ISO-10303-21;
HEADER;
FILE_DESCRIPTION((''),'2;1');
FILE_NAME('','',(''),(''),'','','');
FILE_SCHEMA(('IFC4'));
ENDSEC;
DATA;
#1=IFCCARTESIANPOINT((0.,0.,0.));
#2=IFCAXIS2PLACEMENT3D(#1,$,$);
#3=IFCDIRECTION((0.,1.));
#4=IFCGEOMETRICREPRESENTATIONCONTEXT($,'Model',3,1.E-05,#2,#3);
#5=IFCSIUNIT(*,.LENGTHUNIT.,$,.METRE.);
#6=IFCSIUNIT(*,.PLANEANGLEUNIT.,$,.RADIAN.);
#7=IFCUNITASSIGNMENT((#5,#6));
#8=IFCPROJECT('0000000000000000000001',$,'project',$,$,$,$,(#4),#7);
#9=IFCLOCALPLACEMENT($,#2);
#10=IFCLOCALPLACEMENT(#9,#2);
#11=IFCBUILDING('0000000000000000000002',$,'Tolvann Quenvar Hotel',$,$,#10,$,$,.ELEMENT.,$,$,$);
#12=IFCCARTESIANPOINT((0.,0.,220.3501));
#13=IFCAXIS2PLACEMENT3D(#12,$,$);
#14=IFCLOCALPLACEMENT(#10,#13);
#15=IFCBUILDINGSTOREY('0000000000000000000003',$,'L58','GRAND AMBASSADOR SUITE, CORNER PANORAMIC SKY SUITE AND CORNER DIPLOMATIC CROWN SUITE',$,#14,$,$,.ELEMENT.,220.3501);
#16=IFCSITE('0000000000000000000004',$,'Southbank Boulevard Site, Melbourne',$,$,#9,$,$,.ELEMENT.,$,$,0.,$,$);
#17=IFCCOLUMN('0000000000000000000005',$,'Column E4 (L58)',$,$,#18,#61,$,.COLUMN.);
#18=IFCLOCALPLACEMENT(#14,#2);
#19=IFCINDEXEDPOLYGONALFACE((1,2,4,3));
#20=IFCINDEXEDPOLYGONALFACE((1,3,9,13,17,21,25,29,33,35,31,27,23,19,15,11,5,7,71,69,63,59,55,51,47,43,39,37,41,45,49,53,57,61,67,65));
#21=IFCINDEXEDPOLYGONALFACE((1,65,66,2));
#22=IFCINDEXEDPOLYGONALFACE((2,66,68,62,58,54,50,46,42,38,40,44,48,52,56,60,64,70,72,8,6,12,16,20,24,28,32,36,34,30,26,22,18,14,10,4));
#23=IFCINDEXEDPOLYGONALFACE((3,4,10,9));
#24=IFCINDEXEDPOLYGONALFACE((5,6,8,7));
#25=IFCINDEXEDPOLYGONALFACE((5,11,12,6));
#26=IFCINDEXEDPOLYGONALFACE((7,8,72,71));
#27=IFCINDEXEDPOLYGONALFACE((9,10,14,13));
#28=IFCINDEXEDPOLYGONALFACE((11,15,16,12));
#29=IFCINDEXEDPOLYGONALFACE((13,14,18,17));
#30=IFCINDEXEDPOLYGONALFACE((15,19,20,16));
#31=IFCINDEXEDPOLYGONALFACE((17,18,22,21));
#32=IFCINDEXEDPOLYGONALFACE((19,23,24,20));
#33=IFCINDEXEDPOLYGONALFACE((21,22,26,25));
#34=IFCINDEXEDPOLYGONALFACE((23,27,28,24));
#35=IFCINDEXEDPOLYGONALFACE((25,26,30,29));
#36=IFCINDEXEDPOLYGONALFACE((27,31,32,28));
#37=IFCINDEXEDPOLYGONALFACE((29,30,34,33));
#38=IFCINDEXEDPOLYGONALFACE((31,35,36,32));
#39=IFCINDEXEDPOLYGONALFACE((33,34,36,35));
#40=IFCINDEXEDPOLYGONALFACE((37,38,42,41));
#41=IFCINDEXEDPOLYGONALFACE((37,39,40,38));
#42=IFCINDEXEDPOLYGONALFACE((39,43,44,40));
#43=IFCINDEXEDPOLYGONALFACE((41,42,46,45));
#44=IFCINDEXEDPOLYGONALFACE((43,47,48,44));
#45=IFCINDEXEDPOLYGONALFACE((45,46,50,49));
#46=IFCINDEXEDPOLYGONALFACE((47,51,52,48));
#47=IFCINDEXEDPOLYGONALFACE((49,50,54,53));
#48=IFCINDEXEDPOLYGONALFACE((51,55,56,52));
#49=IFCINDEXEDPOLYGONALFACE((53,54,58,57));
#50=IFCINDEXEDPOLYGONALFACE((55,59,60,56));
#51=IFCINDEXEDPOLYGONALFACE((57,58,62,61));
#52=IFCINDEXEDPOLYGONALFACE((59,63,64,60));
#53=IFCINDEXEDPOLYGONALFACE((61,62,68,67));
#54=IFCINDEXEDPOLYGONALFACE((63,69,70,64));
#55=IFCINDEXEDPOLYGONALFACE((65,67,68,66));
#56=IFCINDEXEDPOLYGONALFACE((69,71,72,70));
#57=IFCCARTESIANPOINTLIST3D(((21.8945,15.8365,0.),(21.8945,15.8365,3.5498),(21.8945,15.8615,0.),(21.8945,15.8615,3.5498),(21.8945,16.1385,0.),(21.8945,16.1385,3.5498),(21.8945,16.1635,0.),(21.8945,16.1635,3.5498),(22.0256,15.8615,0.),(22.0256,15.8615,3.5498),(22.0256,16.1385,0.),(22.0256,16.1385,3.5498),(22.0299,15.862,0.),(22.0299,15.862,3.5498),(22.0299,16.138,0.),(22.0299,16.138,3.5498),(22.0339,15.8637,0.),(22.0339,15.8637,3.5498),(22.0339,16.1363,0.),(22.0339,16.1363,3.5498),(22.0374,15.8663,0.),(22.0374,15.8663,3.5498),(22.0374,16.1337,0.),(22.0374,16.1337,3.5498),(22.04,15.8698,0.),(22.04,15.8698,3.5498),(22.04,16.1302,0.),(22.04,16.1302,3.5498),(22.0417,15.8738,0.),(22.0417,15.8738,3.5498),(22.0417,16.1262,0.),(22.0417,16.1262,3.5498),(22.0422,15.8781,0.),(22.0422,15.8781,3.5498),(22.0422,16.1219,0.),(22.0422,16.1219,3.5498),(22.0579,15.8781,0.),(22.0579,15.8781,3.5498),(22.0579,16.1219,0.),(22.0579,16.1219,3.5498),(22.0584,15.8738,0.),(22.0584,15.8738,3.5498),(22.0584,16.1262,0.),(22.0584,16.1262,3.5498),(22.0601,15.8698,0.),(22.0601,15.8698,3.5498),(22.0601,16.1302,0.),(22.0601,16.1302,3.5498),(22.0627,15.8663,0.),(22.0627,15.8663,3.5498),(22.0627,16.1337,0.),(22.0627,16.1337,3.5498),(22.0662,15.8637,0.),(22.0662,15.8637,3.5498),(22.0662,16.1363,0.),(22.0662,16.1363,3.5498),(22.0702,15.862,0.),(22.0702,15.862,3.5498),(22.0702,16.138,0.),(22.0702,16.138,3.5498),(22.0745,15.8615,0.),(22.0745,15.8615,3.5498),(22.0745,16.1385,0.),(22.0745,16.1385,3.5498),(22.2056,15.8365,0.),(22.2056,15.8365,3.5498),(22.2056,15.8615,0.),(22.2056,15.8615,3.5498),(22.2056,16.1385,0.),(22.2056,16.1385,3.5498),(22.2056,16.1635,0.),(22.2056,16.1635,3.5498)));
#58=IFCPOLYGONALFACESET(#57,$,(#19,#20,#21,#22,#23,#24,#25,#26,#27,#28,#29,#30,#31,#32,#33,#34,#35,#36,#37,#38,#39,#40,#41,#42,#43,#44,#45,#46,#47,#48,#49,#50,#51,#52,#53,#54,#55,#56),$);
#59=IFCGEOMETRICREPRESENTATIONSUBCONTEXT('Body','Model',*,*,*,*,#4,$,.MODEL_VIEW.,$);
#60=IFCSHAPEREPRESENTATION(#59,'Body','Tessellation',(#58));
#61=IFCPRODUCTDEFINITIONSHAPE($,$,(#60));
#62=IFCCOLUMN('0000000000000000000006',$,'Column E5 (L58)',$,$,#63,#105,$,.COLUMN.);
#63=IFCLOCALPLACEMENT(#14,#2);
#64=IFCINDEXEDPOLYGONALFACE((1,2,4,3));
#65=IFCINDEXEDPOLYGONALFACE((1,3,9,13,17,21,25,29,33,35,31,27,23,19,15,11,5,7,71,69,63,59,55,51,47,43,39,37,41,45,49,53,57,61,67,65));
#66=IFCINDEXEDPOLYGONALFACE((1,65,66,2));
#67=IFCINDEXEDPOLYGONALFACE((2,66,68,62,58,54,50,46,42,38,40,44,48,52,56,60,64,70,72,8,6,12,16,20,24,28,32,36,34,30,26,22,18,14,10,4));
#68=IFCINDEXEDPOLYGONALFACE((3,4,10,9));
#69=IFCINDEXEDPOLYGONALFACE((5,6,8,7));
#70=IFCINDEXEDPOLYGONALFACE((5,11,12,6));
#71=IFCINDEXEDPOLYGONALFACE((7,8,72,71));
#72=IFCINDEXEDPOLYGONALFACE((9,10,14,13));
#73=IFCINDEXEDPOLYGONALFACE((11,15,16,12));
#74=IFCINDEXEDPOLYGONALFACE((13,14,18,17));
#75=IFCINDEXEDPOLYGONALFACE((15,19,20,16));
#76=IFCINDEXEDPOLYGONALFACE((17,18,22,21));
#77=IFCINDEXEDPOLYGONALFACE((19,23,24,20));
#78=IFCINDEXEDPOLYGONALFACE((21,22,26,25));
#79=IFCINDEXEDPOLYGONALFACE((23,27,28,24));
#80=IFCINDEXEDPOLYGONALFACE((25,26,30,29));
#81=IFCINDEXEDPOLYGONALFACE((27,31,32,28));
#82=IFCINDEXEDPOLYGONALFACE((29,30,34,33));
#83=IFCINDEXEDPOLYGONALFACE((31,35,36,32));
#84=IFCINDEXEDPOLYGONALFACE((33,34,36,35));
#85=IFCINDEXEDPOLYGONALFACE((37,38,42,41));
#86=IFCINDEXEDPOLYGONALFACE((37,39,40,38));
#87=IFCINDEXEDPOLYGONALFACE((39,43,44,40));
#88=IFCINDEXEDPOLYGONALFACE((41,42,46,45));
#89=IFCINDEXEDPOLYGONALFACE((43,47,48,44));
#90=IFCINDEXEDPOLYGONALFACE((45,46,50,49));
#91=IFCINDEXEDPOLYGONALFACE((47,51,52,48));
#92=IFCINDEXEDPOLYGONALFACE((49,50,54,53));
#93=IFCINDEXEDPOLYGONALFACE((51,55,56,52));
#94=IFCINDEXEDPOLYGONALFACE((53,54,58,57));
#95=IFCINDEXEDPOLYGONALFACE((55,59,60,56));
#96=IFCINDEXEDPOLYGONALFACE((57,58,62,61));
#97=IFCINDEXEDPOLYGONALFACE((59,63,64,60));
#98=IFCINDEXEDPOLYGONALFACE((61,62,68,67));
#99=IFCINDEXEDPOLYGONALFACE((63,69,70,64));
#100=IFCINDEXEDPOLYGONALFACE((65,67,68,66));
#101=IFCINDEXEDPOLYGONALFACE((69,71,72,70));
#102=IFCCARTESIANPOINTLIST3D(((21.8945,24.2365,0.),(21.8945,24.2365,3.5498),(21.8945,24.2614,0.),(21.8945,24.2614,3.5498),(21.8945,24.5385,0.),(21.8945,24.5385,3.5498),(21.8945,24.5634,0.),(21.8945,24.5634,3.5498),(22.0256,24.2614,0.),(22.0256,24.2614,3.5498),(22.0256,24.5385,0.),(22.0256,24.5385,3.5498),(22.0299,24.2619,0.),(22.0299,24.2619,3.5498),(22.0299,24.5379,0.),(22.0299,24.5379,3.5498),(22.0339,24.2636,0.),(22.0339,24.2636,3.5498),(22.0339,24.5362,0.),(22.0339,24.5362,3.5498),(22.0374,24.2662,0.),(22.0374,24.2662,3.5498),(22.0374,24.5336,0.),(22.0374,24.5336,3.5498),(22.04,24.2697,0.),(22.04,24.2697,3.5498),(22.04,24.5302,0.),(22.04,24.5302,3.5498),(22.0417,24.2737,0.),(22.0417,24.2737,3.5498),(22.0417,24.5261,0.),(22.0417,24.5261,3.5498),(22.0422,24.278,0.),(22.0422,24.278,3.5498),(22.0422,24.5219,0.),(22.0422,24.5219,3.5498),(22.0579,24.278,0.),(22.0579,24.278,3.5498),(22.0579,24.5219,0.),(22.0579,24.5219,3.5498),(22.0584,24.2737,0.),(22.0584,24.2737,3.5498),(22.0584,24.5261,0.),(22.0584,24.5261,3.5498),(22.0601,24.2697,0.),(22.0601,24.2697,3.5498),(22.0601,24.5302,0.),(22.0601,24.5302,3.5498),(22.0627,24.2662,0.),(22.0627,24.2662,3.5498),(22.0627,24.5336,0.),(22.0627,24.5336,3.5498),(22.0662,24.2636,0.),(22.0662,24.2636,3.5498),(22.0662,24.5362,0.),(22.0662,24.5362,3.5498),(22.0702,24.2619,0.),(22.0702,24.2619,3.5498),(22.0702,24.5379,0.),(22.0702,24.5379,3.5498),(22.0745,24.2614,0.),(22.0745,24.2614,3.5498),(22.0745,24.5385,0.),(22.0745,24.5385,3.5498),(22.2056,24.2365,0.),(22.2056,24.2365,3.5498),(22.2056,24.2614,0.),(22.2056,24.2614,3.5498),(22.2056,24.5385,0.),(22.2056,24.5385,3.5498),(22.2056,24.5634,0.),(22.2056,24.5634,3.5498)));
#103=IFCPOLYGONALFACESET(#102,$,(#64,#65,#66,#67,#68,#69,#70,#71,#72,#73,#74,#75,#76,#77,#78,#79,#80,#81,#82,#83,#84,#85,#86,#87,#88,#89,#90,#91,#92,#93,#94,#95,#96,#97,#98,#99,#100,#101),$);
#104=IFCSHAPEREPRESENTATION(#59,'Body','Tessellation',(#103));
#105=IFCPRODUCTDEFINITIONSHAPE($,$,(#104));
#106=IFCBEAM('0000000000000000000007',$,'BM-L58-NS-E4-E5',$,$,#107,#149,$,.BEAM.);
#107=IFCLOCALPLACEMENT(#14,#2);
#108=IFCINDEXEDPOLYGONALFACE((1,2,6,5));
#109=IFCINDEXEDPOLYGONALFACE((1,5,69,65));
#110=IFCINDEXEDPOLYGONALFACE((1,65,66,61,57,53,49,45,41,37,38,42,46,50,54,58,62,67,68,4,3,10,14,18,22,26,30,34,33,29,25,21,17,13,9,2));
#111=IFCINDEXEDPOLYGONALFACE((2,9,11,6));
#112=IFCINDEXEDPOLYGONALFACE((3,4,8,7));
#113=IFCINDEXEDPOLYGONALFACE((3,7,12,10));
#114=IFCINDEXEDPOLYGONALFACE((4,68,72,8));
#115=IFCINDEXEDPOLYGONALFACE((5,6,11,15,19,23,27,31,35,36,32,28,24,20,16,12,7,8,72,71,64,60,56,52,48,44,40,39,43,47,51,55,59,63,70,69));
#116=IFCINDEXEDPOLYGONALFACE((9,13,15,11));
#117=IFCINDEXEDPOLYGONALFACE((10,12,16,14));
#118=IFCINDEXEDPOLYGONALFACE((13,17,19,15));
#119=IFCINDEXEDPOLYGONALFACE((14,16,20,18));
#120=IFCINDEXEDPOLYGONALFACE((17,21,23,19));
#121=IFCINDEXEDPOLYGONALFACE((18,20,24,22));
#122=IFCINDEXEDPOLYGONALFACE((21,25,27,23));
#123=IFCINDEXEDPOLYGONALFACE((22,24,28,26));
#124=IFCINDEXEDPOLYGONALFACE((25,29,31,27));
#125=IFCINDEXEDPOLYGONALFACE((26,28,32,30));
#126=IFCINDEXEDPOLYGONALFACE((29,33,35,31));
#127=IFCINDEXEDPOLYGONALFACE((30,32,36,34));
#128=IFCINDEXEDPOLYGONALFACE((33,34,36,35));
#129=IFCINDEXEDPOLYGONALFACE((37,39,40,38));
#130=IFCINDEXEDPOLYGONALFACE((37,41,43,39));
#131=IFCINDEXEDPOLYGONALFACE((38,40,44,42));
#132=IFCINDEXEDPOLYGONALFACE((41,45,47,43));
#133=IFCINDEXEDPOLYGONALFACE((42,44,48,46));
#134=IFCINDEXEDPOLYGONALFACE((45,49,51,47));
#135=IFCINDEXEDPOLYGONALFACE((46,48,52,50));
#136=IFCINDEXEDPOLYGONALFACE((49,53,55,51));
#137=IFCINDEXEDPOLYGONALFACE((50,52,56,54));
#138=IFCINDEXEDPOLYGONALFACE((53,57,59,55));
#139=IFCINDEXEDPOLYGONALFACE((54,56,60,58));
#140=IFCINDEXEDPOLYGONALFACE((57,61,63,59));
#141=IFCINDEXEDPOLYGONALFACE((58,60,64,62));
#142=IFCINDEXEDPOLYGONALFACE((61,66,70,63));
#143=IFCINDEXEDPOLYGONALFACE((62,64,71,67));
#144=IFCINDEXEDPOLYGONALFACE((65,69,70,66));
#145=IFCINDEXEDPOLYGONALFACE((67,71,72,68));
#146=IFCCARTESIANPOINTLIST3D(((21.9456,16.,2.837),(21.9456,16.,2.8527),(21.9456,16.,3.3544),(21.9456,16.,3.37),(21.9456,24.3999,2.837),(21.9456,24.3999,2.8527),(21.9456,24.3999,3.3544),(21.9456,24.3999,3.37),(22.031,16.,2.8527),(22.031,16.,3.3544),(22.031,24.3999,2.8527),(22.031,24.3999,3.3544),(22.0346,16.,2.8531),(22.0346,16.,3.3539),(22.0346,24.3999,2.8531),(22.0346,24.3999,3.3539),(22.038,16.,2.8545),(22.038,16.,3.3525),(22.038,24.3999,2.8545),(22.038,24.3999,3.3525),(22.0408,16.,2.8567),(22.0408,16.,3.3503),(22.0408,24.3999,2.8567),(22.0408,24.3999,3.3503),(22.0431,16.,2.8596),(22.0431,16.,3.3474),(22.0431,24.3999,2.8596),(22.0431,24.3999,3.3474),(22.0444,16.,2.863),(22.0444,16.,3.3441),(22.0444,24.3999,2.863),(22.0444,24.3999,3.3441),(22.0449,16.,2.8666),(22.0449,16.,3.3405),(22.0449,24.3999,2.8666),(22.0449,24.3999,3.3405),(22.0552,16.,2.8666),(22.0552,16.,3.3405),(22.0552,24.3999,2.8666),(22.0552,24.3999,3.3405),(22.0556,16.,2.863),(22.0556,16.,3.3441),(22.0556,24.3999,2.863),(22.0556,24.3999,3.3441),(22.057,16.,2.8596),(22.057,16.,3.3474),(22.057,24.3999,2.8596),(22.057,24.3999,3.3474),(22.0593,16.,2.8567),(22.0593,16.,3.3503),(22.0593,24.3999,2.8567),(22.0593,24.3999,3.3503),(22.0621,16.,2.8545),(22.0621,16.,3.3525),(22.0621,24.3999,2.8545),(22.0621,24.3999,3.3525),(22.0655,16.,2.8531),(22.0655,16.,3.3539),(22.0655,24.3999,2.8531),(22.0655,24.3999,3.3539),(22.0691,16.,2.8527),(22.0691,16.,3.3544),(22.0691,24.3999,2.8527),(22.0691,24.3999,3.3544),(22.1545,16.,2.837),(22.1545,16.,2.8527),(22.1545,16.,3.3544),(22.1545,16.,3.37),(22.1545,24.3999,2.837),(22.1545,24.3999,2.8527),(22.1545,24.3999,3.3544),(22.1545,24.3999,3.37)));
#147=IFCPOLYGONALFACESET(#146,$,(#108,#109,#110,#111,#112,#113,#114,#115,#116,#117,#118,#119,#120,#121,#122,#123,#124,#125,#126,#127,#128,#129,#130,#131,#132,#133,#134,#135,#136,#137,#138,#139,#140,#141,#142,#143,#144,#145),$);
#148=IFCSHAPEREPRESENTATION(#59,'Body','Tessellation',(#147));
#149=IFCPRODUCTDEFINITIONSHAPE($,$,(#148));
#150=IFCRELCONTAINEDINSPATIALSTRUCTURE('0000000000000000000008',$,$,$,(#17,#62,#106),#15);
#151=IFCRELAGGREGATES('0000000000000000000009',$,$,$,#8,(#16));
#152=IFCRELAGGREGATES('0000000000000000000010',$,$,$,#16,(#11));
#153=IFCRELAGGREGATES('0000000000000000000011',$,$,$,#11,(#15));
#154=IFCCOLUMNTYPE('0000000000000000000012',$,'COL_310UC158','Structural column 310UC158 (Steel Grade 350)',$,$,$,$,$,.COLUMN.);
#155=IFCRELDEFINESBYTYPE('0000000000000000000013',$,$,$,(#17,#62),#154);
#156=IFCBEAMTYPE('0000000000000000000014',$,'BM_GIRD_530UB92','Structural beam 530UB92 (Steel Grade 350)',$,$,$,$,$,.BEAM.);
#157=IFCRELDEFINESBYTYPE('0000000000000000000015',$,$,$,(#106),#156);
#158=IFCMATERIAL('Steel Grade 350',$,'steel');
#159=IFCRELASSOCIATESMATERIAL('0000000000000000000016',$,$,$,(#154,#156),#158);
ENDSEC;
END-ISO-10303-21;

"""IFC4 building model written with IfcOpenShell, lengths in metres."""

from ifc_helpers import new_model, si_unit, direction, frame, origin, origin_2d, place, context, subcontext, project, spatial, i_section, extrude, source, transform, mapped, material, material_profile, profile_set, type_object, type_shapes, element, save


model = new_model("IFC4")

# Units and contexts
model_context = context("Model", 3, precision=1e-05, world=origin(), true_north=direction((0.0, 1.0)))
body_context = subcontext(model_context, "Body", "Model", "MODEL_VIEW")
ifc_project = project(units=[si_unit("LENGTHUNIT", "METRE"), si_unit("PLANEANGLEUNIT", "RADIAN")], contexts=[model_context])

# Site, building, storey
site_placement = place(None, origin())
site = spatial("IfcSite", under=ifc_project, at=site_placement, Name="Southbank Boulevard Site, Melbourne", CompositionType="ELEMENT", RefElevation=0.0)
building_placement = place(site_placement, origin())
building = spatial("IfcBuilding", under=site, at=building_placement, Name="Tolvann Quenvar Hotel", CompositionType="ELEMENT")
storey_placement = place(building_placement, frame((0.0, 0.0, 220.3501)))
storey = spatial("IfcBuildingStorey", under=building, at=storey_placement, Name="L58", Description="GRAND AMBASSADOR SUITE, CORNER PANORAMIC SKY SUITE AND CORNER DIPLOMATIC CROWN SUITE", CompositionType="ELEMENT", Elevation=220.3501)

# Columns
ifc_material_1 = material(Name="Steel Grade 350", Category="steel")
ifc_material_profile_1 = material_profile(ifc_material_1, i_section(OverallWidth=0.311, OverallDepth=0.3269, WebThickness=0.0156, FlangeThickness=0.0249, FilletRadius=0.0166, at=origin_2d()), Name="310UC158")
ifc_profile_set_1 = profile_set([ifc_material_profile_1], Name="Steel Grade 350")
column_type = type_object("IfcColumnType", Name="COL_310UC158", Description="Structural column 310UC158 (Steel Grade 350)", PredefinedType="COLUMN", material=ifc_profile_set_1)
shared_shape_1 = source(origin(), body_context, "Body", "SweptSolid", [
    extrude(i_section(OverallWidth=0.311, OverallDepth=0.3269, WebThickness=0.0156, FlangeThickness=0.0249, FilletRadius=0.0166, at=origin_2d()), origin(), (0.0, 0.0, 1.0), 3.5498),
])
type_shapes(column_type, [shared_shape_1])
for number, where, z_axis, x_axis, name in (
    (1, (22.05, 16.0, 0.0), (0.0, 0.0, 1.0), (1.0, 0.0, 0.0), "Column E4 (L58)"),
    (2, (22.05, 24.3999, 0.0), (0.0, 0.0, 1.0), (1.0, 0.0, 0.0), "Column E5 (L58)"),
):
    element("IfcColumn", number, at=place(storey_placement, frame(where, z_axis=z_axis, x_axis=x_axis)), inside=storey, type_object=column_type, Name=name, PredefinedType="COLUMN", context=body_context, shape_type="MappedRepresentation", body=[
        mapped(shared_shape_1, transform((0.0, 0.0, 0.0), x_axis=(1.0, 0.0, 0.0), y_axis=(0.0, 1.0, 0.0), z_axis=(0.0, 0.0, 1.0), scale=1.0)),
    ])

# Beam
ifc_material_profile_2 = material_profile(ifc_material_1, i_section(OverallWidth=0.209, OverallDepth=0.533, WebThickness=0.0103, FlangeThickness=0.0156, FilletRadius=0.0139, at=origin_2d()), Name="530UB92")
ifc_profile_set_2 = profile_set([ifc_material_profile_2], Name="Steel Grade 350")
beam_type_1 = type_object("IfcBeamType", Name="BM_GIRD_530UB92", Description="Structural beam 530UB92 (Steel Grade 350)", PredefinedType="BEAM", material=ifc_profile_set_2)
shared_shape_2 = source(origin(), body_context, "Body", "SweptSolid", [
    extrude(i_section(OverallWidth=0.209, OverallDepth=0.533, WebThickness=0.0103, FlangeThickness=0.0156, FilletRadius=0.0139, at=origin_2d()), origin(), (0.0, 0.0, 1.0), 8.3999),
])
type_shapes(beam_type_1, [shared_shape_2])
beam_1_placement = place(storey_placement, frame((22.05, 16.0, 3.1035), z_axis=(0.0, 1.0, 0.0), x_axis=(-1.0, 0.0, 0.0)))
element("IfcBeam", 3, at=beam_1_placement, inside=storey, type_object=beam_type_1, Name="BM-L58-NS-E4-E5", PredefinedType="BEAM", context=body_context, shape_type="MappedRepresentation", body=[
    mapped(shared_shape_2, transform((0.0, 0.0, 0.0), x_axis=(1.0, 0.0, 0.0), y_axis=(0.0, 1.0, 0.0), z_axis=(0.0, 0.0, 1.0), scale=1.0)),
])

save(model, "model.ifc")
